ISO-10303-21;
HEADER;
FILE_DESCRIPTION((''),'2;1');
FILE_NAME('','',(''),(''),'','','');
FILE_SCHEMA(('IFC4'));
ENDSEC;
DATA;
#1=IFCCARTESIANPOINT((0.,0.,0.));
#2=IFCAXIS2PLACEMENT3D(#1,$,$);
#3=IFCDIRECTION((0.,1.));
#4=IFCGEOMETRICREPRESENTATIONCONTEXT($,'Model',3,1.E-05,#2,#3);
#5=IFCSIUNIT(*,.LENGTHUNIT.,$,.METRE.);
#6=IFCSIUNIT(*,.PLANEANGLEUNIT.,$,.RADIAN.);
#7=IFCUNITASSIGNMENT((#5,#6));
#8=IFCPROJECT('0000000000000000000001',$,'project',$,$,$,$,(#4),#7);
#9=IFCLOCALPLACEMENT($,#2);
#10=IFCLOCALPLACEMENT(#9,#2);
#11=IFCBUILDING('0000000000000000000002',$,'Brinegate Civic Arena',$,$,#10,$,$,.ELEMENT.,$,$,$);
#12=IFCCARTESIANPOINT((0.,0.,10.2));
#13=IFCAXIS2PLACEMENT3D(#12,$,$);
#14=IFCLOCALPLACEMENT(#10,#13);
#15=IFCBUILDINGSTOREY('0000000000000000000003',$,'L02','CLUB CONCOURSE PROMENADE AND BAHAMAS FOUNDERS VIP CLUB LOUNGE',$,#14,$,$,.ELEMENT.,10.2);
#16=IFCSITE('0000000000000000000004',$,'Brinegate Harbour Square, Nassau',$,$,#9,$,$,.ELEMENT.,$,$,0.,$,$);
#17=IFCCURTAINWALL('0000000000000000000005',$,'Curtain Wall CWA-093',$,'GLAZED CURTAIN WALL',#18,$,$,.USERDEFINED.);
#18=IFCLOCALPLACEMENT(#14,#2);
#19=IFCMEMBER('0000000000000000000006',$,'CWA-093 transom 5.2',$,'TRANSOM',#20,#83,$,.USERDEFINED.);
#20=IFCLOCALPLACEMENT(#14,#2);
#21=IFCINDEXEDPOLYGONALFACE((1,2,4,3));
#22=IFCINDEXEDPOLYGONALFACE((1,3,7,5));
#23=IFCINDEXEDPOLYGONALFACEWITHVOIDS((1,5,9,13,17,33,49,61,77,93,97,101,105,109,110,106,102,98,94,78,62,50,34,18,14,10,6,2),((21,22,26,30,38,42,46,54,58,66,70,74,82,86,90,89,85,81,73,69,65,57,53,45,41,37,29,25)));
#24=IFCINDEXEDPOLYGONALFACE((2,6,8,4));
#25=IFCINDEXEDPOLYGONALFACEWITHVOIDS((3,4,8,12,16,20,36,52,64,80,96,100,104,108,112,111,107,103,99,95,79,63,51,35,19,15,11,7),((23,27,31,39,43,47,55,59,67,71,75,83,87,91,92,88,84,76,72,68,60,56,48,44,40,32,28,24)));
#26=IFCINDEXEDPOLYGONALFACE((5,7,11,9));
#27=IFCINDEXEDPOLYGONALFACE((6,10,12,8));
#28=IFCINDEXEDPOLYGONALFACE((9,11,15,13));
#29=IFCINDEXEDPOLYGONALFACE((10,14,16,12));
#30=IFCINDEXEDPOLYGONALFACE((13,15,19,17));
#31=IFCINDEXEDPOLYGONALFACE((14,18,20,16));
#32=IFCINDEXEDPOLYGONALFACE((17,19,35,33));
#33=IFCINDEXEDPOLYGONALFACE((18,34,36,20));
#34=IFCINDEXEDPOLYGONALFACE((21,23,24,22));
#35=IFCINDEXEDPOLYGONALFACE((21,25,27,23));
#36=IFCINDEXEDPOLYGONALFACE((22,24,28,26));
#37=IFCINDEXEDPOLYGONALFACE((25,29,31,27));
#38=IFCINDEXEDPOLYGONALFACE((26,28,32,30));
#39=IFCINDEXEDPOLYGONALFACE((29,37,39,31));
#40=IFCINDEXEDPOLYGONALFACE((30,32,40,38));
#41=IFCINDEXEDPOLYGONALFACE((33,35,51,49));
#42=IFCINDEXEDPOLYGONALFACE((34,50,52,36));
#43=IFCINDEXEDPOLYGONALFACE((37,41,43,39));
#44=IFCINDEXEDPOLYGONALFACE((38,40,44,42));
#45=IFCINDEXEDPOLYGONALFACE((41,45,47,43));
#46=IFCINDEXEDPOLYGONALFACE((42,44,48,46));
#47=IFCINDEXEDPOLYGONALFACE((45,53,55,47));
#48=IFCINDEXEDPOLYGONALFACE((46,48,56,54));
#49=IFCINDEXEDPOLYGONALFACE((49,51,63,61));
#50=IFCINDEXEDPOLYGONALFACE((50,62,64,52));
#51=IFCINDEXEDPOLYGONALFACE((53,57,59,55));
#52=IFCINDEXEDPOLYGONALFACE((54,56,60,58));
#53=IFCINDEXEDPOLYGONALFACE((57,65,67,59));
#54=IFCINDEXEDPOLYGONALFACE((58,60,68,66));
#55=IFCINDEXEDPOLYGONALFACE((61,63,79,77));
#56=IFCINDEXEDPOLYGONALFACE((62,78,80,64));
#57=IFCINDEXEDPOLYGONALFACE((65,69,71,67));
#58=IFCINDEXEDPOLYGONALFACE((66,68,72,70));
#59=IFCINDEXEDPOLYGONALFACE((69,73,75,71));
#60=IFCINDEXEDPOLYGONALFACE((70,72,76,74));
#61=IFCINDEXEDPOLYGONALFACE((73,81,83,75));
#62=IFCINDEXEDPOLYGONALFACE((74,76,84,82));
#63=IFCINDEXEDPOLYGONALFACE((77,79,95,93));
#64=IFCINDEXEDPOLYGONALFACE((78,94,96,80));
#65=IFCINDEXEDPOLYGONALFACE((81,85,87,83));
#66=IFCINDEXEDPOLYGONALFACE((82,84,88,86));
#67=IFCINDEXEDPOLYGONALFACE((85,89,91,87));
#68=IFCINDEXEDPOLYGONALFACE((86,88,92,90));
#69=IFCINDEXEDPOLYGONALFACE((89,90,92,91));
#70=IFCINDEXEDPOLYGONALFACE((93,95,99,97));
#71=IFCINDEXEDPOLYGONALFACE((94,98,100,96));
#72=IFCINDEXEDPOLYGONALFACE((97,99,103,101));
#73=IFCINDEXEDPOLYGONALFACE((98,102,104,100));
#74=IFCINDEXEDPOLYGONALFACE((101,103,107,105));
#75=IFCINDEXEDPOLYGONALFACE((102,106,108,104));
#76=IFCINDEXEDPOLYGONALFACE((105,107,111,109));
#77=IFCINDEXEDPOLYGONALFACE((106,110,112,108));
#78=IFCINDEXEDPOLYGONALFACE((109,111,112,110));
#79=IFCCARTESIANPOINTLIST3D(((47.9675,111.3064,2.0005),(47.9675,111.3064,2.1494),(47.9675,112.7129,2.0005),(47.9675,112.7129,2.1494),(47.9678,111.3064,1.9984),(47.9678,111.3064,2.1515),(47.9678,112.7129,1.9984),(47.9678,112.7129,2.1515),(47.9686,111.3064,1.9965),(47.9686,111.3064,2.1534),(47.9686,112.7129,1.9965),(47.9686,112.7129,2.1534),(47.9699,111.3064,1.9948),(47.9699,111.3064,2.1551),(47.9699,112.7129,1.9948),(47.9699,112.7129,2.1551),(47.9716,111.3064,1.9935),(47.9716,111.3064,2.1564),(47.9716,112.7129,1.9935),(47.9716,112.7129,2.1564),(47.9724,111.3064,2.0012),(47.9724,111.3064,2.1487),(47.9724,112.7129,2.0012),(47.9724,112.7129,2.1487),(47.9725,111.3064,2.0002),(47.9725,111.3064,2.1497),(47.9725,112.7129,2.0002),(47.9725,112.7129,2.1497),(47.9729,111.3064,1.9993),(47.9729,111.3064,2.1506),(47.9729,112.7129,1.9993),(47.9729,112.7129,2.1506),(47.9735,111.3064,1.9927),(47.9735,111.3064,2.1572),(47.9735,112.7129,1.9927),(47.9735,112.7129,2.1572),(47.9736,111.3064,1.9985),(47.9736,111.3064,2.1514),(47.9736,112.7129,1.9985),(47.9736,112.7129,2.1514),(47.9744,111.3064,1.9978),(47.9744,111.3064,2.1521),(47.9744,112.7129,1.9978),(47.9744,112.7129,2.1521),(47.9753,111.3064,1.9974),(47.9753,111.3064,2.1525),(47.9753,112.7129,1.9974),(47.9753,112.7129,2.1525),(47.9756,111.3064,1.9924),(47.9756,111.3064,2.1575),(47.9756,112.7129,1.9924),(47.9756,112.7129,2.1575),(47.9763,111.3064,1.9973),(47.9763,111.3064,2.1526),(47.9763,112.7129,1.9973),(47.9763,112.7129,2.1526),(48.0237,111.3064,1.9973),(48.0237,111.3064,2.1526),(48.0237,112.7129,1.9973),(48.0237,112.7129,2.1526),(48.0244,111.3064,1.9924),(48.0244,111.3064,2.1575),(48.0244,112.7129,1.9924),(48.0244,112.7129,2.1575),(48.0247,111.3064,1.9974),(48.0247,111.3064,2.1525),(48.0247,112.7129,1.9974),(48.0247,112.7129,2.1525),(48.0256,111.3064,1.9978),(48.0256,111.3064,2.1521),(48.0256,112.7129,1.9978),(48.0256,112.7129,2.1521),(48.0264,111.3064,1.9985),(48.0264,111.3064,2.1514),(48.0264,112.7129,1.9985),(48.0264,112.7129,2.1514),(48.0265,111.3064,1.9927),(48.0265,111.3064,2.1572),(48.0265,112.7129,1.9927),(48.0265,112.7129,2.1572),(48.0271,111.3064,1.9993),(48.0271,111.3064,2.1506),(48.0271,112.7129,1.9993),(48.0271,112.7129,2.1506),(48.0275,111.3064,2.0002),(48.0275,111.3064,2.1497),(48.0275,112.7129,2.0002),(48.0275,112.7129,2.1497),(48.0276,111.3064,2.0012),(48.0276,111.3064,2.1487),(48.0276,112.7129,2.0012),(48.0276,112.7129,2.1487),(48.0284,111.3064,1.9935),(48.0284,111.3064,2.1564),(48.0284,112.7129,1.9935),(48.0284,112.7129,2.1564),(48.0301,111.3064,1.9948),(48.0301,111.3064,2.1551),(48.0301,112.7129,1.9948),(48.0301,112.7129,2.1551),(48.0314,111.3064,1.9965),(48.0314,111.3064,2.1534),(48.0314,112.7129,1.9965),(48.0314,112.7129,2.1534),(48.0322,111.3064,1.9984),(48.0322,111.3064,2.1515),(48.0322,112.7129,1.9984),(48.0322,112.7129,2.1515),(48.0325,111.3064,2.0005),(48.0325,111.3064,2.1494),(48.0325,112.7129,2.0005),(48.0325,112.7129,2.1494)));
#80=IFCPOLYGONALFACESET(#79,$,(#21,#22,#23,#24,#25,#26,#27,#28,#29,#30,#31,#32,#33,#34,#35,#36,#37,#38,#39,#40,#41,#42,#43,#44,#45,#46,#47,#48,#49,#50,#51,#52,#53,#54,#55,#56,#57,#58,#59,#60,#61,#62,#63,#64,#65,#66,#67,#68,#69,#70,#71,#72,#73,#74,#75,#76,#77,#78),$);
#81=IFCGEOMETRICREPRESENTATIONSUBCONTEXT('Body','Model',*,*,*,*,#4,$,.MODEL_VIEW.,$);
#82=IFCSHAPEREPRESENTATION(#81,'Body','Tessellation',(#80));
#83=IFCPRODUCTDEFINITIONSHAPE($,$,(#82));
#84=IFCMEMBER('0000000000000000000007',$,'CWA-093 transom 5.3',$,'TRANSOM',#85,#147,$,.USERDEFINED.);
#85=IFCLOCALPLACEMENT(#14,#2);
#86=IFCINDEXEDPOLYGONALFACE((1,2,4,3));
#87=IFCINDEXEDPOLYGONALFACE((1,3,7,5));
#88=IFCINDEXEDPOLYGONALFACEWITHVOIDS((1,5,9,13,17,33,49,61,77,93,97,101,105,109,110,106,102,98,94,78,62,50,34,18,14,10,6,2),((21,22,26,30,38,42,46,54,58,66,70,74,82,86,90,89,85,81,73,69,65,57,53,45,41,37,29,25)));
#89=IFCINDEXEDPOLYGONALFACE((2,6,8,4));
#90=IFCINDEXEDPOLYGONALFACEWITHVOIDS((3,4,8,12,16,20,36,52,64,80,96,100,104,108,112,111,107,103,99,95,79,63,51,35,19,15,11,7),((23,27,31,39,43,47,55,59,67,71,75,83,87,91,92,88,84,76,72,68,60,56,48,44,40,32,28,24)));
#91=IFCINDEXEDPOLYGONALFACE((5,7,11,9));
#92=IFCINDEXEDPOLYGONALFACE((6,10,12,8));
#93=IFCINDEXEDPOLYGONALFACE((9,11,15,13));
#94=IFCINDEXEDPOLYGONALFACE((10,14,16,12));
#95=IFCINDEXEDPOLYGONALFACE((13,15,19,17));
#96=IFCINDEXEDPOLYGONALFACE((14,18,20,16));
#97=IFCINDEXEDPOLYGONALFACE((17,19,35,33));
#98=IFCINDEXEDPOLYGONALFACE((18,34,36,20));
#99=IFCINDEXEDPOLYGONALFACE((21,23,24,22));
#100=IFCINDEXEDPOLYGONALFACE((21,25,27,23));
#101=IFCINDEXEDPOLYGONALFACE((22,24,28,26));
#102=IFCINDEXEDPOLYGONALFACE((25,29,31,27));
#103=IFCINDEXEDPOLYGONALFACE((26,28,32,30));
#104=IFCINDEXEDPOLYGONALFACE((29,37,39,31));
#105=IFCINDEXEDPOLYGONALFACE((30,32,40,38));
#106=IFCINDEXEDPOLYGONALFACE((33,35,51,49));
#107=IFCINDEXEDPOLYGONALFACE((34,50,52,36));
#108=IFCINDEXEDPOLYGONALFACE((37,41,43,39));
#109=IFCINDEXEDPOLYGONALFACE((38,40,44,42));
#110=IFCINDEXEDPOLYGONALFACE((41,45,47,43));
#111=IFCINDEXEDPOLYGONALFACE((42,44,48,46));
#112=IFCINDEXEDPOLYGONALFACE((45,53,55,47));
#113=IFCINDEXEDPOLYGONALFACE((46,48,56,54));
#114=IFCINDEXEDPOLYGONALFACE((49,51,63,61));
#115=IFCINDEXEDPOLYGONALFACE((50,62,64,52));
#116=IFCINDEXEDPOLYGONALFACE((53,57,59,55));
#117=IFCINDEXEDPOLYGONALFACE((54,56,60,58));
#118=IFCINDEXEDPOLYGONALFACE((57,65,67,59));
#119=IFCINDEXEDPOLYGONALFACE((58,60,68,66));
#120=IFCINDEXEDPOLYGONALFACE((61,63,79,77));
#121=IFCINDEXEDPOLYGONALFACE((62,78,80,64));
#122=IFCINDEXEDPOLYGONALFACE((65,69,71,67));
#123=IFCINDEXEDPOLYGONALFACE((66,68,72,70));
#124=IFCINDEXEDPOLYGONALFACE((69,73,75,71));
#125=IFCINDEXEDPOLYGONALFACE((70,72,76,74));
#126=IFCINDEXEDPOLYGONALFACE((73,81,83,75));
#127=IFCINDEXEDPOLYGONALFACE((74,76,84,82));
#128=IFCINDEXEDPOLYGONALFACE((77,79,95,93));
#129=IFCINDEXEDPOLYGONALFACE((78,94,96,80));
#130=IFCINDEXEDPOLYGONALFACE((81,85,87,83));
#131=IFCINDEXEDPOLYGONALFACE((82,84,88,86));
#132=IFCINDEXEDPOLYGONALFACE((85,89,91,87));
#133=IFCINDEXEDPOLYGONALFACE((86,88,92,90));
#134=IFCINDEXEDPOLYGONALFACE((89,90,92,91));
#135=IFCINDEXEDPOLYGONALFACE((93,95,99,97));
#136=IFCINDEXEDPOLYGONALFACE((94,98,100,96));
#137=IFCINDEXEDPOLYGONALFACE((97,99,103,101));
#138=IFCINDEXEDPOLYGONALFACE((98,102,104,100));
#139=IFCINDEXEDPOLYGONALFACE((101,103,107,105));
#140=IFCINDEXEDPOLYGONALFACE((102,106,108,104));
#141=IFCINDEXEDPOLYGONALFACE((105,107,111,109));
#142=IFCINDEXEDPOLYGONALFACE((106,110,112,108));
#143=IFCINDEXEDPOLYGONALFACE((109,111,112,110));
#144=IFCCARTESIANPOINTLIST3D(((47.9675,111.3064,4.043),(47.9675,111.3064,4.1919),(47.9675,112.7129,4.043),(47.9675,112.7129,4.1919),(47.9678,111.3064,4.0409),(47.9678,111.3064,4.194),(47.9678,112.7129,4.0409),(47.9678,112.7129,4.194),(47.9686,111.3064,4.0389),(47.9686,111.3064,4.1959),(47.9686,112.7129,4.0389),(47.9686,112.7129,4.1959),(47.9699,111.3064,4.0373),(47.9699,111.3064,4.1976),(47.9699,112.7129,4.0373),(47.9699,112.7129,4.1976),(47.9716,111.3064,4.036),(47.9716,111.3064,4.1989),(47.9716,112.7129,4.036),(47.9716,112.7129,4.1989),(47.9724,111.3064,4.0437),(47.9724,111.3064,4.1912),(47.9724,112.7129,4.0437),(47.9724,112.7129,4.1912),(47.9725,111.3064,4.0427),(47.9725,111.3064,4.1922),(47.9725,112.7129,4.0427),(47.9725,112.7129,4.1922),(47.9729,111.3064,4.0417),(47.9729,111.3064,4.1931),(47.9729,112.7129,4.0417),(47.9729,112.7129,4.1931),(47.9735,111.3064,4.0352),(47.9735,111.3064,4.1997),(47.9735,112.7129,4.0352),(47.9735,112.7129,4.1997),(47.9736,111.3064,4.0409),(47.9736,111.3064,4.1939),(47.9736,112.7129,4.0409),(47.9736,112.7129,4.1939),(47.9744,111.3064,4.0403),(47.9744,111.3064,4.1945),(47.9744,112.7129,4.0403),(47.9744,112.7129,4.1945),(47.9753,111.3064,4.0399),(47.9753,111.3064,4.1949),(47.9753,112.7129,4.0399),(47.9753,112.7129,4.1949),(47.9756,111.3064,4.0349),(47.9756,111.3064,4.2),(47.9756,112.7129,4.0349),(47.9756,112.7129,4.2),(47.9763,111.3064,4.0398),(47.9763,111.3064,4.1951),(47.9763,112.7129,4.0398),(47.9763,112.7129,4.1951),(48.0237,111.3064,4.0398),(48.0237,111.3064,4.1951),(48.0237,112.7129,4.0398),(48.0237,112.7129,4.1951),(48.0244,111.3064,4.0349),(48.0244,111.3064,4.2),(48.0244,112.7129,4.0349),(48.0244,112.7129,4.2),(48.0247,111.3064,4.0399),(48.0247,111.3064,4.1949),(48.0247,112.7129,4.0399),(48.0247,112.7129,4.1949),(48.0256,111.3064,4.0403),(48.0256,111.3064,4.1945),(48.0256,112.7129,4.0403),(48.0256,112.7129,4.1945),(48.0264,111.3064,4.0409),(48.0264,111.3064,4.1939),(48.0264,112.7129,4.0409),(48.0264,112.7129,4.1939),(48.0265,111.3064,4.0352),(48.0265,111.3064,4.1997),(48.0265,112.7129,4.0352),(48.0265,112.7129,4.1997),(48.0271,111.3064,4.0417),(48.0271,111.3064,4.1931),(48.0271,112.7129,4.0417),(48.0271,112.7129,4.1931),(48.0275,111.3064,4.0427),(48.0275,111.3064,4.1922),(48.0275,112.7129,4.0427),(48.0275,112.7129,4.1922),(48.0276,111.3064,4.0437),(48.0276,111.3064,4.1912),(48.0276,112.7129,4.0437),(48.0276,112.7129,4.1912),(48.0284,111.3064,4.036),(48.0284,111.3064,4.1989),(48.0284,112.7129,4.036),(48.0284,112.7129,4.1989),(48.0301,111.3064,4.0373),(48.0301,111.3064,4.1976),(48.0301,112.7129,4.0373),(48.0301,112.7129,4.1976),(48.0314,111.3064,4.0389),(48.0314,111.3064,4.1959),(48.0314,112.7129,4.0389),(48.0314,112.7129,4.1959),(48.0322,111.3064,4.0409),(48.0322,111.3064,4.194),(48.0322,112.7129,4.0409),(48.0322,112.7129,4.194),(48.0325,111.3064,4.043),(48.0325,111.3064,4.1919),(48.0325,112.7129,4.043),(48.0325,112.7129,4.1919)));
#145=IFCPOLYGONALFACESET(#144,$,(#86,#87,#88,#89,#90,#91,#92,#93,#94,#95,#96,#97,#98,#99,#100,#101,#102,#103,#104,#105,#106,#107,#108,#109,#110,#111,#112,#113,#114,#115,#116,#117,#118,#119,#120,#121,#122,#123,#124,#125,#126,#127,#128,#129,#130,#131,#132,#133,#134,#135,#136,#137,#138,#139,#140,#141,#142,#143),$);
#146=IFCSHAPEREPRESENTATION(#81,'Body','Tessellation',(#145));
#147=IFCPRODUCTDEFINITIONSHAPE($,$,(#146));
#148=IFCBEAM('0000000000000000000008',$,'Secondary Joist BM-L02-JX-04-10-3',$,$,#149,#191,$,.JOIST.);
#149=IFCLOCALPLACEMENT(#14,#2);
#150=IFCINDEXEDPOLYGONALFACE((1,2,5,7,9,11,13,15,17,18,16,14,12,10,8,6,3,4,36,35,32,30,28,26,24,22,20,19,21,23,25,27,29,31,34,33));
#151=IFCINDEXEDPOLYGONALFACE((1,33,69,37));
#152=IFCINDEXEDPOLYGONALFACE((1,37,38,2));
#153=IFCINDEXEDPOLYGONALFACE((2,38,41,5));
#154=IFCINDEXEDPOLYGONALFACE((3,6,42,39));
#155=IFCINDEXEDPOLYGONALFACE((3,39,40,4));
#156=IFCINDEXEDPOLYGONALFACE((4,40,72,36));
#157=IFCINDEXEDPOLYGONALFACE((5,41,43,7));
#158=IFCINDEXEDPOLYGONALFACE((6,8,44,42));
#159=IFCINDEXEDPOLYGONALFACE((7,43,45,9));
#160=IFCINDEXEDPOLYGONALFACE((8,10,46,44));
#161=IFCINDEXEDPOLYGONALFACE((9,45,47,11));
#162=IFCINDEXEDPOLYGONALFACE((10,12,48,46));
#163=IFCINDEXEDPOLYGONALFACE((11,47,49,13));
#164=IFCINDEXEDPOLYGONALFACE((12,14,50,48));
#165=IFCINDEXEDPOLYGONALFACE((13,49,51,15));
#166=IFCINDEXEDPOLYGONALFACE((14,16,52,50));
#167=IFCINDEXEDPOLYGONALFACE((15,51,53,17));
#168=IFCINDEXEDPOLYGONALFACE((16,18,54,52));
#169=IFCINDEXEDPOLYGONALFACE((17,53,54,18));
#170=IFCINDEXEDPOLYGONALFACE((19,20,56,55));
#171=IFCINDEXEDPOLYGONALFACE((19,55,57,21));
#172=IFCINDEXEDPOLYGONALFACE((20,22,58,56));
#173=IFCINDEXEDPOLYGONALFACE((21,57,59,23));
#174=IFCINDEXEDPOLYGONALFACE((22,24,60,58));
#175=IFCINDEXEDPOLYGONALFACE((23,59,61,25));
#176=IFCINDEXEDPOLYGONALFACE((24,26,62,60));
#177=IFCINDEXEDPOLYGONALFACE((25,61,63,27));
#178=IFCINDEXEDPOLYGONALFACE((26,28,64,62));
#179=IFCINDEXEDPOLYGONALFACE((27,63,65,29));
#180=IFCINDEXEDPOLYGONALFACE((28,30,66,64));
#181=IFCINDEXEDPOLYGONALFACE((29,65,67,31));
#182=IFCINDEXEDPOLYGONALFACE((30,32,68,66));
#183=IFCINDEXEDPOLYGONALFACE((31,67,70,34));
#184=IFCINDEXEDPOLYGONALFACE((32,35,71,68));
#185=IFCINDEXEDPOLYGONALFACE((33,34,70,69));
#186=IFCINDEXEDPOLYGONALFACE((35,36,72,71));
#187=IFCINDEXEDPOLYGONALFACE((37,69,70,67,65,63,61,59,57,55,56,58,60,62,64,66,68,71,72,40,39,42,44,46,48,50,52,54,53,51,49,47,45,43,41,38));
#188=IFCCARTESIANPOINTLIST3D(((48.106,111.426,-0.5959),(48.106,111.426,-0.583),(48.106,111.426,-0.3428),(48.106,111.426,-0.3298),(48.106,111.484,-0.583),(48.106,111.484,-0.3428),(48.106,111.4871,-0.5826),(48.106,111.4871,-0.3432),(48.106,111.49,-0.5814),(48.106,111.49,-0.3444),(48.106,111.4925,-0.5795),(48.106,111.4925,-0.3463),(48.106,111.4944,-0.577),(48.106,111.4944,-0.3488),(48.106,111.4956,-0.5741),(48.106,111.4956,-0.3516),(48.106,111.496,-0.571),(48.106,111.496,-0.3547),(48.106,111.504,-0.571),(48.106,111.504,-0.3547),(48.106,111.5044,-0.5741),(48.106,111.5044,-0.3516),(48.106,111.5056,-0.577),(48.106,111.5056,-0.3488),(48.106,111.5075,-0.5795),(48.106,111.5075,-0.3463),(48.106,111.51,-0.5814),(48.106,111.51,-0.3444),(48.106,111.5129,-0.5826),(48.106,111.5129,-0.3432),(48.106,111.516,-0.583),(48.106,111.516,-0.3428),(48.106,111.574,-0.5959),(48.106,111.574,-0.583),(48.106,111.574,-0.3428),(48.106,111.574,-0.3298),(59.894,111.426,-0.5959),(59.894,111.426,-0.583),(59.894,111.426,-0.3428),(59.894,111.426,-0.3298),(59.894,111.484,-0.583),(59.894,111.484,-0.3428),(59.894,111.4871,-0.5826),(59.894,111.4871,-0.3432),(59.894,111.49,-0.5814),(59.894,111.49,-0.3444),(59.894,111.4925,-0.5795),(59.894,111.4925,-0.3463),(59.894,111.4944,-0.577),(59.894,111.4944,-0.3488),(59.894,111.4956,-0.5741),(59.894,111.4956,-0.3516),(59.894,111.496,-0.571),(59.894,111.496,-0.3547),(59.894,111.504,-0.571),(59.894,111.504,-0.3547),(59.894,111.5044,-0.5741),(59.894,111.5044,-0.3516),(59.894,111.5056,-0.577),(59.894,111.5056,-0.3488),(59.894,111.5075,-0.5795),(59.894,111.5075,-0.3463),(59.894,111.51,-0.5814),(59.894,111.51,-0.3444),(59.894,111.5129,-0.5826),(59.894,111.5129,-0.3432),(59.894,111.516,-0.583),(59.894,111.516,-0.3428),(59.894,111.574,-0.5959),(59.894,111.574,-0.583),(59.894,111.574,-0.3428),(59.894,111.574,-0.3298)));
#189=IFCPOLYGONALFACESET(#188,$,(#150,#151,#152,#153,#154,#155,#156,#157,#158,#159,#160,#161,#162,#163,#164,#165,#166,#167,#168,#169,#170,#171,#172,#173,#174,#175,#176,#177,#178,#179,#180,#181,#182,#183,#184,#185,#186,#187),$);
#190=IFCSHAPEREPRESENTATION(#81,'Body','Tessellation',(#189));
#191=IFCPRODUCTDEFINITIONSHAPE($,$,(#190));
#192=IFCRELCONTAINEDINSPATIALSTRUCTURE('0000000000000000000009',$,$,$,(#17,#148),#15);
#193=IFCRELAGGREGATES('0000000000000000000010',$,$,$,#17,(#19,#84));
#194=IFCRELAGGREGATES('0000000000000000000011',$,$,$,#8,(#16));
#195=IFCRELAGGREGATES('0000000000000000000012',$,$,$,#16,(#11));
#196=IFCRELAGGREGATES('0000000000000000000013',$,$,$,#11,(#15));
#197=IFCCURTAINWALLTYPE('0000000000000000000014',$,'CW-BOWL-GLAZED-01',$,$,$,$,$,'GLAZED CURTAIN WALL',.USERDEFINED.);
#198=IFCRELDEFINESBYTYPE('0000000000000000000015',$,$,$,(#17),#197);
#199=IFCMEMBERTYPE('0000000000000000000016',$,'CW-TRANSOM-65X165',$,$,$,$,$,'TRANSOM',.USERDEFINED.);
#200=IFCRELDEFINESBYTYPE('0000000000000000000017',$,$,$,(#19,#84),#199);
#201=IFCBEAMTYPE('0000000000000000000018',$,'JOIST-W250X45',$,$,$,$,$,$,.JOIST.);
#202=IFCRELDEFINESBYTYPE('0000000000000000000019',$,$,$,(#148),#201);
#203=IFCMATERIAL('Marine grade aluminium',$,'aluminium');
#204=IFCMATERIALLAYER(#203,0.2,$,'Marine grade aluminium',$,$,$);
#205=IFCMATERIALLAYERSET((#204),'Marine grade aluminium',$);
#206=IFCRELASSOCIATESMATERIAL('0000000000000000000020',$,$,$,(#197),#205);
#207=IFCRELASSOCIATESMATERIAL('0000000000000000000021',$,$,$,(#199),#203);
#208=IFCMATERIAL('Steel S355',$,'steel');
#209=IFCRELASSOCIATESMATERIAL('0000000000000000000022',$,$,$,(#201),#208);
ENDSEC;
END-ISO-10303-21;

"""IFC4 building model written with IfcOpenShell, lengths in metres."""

from ifc_helpers import new_model, si_unit, direction, frame, origin, origin_2d, place, context, subcontext, project, spatial, hollow_rectangle, i_section, extrude, material, layer, layer_set, material_profile, profile_set, type_object, element, aggregate, save


model = new_model("IFC4")

# Units and contexts
model_context = context("Model", 3, precision=1e-05, world=origin(), true_north=direction((0.0, 1.0)))
body_context = subcontext(model_context, "Body", "Model", "MODEL_VIEW")
ifc_project = project(units=[si_unit("LENGTHUNIT", "METRE"), si_unit("PLANEANGLEUNIT", "RADIAN")], contexts=[model_context])

# Site, building, storey
site_placement = place(None, origin())
site = spatial("IfcSite", under=ifc_project, at=site_placement, Name="Brinegate Harbour Square, Nassau", CompositionType="ELEMENT", RefElevation=0.0)
building_placement = place(site_placement, origin())
building = spatial("IfcBuilding", under=site, at=building_placement, Name="Brinegate Civic Arena", CompositionType="ELEMENT")
storey_placement = place(building_placement, frame((0.0, 0.0, 10.2)))
storey = spatial("IfcBuildingStorey", under=building, at=storey_placement, Name="L02", Description="CLUB CONCOURSE PROMENADE AND BAHAMAS FOUNDERS VIP CLUB LOUNGE", CompositionType="ELEMENT", Elevation=10.2)

# Curtain wall, members
ifc_material_1 = material(Name="Marine grade aluminium", Category="aluminium")
ifc_layer_1 = layer(ifc_material_1, 0.2, Name="Marine grade aluminium")
ifc_layer_set_1 = layer_set([ifc_layer_1], Name="Marine grade aluminium")
curtain_wall_type = type_object("IfcCurtainWallType", Name="CW-BOWL-GLAZED-01", ElementType="GLAZED CURTAIN WALL", PredefinedType="USERDEFINED", material=ifc_layer_set_1)
curtain_wall_placement = place(storey_placement, origin())
curtain_wall = element("IfcCurtainWall", 1, at=curtain_wall_placement, inside=storey, type_object=curtain_wall_type, Name="Curtain Wall CWA-093", ObjectType="GLAZED CURTAIN WALL", PredefinedType="USERDEFINED")
ifc_material_profile_1 = material_profile(ifc_material_1, hollow_rectangle(XDim=0.0649, YDim=0.165, WallThickness=0.0049, InnerFilletRadius=0.0039, OuterFilletRadius=0.0081, at=origin_2d()), Name="TRN65X165")
ifc_profile_set_1 = profile_set([ifc_material_profile_1], Name="Marine grade aluminium")
member_type_1 = type_object("IfcMemberType", Name="CW-TRANSOM-65X165", ElementType="TRANSOM", PredefinedType="USERDEFINED", material=ifc_profile_set_1)
member_1_placement = place(storey_placement, frame((48.0, 111.3064, 2.075), z_axis=(0.0, 1.0, 0.0), x_axis=(-1.0, 0.0, 0.0)))
member_1 = element("IfcMember", 2, at=member_1_placement, type_object=member_type_1, Name="CWA-093 transom 5.2", ObjectType="TRANSOM", PredefinedType="USERDEFINED", context=body_context, shape_type="SweptSolid", body=[
    extrude(hollow_rectangle(XDim=0.0649, YDim=0.165, WallThickness=0.0049, InnerFilletRadius=0.0039, OuterFilletRadius=0.0081, at=origin_2d()), origin(), (0.0, 0.0, 1.0), 1.4065),
])
member_2_placement = place(storey_placement, frame((48.0, 111.3064, 4.1174), z_axis=(0.0, 1.0, 0.0), x_axis=(-1.0, 0.0, 0.0)))
member_2 = element("IfcMember", 3, at=member_2_placement, type_object=member_type_1, Name="CWA-093 transom 5.3", ObjectType="TRANSOM", PredefinedType="USERDEFINED", context=body_context, shape_type="SweptSolid", body=[
    extrude(hollow_rectangle(XDim=0.0649, YDim=0.165, WallThickness=0.0049, InnerFilletRadius=0.0039, OuterFilletRadius=0.0081, at=origin_2d()), origin(), (0.0, 0.0, 1.0), 1.4065),
])

# Beam
ifc_material_2 = material(Name="Steel S355", Category="steel")
ifc_material_profile_2 = material_profile(ifc_material_2, i_section(OverallWidth=0.1479, OverallDepth=0.2661, WebThickness=0.0081, FlangeThickness=0.0129, FilletRadius=0.012, at=origin_2d()), Name="W250X45")
ifc_profile_set_2 = profile_set([ifc_material_profile_2], Name="Steel S355")
beam_type_1 = type_object("IfcBeamType", Name="JOIST-W250X45", PredefinedType="JOIST", material=ifc_profile_set_2)
beam_1_placement = place(storey_placement, frame((48.106, 111.5, -0.4629), z_axis=(1.0, 0.0, 0.0), x_axis=(0.0, 1.0, 0.0)))
element("IfcBeam", 4, at=beam_1_placement, inside=storey, type_object=beam_type_1, Name="Secondary Joist BM-L02-JX-04-10-3", PredefinedType="JOIST", context=body_context, shape_type="SweptSolid", body=[
    extrude(i_section(OverallWidth=0.1479, OverallDepth=0.2661, WebThickness=0.0081, FlangeThickness=0.0129, FilletRadius=0.012, at=origin_2d()), origin(), (0.0, 0.0, 1.0), 11.7881),
])

aggregate(curtain_wall, [member_1, member_2])

save(model, "model.ifc")
